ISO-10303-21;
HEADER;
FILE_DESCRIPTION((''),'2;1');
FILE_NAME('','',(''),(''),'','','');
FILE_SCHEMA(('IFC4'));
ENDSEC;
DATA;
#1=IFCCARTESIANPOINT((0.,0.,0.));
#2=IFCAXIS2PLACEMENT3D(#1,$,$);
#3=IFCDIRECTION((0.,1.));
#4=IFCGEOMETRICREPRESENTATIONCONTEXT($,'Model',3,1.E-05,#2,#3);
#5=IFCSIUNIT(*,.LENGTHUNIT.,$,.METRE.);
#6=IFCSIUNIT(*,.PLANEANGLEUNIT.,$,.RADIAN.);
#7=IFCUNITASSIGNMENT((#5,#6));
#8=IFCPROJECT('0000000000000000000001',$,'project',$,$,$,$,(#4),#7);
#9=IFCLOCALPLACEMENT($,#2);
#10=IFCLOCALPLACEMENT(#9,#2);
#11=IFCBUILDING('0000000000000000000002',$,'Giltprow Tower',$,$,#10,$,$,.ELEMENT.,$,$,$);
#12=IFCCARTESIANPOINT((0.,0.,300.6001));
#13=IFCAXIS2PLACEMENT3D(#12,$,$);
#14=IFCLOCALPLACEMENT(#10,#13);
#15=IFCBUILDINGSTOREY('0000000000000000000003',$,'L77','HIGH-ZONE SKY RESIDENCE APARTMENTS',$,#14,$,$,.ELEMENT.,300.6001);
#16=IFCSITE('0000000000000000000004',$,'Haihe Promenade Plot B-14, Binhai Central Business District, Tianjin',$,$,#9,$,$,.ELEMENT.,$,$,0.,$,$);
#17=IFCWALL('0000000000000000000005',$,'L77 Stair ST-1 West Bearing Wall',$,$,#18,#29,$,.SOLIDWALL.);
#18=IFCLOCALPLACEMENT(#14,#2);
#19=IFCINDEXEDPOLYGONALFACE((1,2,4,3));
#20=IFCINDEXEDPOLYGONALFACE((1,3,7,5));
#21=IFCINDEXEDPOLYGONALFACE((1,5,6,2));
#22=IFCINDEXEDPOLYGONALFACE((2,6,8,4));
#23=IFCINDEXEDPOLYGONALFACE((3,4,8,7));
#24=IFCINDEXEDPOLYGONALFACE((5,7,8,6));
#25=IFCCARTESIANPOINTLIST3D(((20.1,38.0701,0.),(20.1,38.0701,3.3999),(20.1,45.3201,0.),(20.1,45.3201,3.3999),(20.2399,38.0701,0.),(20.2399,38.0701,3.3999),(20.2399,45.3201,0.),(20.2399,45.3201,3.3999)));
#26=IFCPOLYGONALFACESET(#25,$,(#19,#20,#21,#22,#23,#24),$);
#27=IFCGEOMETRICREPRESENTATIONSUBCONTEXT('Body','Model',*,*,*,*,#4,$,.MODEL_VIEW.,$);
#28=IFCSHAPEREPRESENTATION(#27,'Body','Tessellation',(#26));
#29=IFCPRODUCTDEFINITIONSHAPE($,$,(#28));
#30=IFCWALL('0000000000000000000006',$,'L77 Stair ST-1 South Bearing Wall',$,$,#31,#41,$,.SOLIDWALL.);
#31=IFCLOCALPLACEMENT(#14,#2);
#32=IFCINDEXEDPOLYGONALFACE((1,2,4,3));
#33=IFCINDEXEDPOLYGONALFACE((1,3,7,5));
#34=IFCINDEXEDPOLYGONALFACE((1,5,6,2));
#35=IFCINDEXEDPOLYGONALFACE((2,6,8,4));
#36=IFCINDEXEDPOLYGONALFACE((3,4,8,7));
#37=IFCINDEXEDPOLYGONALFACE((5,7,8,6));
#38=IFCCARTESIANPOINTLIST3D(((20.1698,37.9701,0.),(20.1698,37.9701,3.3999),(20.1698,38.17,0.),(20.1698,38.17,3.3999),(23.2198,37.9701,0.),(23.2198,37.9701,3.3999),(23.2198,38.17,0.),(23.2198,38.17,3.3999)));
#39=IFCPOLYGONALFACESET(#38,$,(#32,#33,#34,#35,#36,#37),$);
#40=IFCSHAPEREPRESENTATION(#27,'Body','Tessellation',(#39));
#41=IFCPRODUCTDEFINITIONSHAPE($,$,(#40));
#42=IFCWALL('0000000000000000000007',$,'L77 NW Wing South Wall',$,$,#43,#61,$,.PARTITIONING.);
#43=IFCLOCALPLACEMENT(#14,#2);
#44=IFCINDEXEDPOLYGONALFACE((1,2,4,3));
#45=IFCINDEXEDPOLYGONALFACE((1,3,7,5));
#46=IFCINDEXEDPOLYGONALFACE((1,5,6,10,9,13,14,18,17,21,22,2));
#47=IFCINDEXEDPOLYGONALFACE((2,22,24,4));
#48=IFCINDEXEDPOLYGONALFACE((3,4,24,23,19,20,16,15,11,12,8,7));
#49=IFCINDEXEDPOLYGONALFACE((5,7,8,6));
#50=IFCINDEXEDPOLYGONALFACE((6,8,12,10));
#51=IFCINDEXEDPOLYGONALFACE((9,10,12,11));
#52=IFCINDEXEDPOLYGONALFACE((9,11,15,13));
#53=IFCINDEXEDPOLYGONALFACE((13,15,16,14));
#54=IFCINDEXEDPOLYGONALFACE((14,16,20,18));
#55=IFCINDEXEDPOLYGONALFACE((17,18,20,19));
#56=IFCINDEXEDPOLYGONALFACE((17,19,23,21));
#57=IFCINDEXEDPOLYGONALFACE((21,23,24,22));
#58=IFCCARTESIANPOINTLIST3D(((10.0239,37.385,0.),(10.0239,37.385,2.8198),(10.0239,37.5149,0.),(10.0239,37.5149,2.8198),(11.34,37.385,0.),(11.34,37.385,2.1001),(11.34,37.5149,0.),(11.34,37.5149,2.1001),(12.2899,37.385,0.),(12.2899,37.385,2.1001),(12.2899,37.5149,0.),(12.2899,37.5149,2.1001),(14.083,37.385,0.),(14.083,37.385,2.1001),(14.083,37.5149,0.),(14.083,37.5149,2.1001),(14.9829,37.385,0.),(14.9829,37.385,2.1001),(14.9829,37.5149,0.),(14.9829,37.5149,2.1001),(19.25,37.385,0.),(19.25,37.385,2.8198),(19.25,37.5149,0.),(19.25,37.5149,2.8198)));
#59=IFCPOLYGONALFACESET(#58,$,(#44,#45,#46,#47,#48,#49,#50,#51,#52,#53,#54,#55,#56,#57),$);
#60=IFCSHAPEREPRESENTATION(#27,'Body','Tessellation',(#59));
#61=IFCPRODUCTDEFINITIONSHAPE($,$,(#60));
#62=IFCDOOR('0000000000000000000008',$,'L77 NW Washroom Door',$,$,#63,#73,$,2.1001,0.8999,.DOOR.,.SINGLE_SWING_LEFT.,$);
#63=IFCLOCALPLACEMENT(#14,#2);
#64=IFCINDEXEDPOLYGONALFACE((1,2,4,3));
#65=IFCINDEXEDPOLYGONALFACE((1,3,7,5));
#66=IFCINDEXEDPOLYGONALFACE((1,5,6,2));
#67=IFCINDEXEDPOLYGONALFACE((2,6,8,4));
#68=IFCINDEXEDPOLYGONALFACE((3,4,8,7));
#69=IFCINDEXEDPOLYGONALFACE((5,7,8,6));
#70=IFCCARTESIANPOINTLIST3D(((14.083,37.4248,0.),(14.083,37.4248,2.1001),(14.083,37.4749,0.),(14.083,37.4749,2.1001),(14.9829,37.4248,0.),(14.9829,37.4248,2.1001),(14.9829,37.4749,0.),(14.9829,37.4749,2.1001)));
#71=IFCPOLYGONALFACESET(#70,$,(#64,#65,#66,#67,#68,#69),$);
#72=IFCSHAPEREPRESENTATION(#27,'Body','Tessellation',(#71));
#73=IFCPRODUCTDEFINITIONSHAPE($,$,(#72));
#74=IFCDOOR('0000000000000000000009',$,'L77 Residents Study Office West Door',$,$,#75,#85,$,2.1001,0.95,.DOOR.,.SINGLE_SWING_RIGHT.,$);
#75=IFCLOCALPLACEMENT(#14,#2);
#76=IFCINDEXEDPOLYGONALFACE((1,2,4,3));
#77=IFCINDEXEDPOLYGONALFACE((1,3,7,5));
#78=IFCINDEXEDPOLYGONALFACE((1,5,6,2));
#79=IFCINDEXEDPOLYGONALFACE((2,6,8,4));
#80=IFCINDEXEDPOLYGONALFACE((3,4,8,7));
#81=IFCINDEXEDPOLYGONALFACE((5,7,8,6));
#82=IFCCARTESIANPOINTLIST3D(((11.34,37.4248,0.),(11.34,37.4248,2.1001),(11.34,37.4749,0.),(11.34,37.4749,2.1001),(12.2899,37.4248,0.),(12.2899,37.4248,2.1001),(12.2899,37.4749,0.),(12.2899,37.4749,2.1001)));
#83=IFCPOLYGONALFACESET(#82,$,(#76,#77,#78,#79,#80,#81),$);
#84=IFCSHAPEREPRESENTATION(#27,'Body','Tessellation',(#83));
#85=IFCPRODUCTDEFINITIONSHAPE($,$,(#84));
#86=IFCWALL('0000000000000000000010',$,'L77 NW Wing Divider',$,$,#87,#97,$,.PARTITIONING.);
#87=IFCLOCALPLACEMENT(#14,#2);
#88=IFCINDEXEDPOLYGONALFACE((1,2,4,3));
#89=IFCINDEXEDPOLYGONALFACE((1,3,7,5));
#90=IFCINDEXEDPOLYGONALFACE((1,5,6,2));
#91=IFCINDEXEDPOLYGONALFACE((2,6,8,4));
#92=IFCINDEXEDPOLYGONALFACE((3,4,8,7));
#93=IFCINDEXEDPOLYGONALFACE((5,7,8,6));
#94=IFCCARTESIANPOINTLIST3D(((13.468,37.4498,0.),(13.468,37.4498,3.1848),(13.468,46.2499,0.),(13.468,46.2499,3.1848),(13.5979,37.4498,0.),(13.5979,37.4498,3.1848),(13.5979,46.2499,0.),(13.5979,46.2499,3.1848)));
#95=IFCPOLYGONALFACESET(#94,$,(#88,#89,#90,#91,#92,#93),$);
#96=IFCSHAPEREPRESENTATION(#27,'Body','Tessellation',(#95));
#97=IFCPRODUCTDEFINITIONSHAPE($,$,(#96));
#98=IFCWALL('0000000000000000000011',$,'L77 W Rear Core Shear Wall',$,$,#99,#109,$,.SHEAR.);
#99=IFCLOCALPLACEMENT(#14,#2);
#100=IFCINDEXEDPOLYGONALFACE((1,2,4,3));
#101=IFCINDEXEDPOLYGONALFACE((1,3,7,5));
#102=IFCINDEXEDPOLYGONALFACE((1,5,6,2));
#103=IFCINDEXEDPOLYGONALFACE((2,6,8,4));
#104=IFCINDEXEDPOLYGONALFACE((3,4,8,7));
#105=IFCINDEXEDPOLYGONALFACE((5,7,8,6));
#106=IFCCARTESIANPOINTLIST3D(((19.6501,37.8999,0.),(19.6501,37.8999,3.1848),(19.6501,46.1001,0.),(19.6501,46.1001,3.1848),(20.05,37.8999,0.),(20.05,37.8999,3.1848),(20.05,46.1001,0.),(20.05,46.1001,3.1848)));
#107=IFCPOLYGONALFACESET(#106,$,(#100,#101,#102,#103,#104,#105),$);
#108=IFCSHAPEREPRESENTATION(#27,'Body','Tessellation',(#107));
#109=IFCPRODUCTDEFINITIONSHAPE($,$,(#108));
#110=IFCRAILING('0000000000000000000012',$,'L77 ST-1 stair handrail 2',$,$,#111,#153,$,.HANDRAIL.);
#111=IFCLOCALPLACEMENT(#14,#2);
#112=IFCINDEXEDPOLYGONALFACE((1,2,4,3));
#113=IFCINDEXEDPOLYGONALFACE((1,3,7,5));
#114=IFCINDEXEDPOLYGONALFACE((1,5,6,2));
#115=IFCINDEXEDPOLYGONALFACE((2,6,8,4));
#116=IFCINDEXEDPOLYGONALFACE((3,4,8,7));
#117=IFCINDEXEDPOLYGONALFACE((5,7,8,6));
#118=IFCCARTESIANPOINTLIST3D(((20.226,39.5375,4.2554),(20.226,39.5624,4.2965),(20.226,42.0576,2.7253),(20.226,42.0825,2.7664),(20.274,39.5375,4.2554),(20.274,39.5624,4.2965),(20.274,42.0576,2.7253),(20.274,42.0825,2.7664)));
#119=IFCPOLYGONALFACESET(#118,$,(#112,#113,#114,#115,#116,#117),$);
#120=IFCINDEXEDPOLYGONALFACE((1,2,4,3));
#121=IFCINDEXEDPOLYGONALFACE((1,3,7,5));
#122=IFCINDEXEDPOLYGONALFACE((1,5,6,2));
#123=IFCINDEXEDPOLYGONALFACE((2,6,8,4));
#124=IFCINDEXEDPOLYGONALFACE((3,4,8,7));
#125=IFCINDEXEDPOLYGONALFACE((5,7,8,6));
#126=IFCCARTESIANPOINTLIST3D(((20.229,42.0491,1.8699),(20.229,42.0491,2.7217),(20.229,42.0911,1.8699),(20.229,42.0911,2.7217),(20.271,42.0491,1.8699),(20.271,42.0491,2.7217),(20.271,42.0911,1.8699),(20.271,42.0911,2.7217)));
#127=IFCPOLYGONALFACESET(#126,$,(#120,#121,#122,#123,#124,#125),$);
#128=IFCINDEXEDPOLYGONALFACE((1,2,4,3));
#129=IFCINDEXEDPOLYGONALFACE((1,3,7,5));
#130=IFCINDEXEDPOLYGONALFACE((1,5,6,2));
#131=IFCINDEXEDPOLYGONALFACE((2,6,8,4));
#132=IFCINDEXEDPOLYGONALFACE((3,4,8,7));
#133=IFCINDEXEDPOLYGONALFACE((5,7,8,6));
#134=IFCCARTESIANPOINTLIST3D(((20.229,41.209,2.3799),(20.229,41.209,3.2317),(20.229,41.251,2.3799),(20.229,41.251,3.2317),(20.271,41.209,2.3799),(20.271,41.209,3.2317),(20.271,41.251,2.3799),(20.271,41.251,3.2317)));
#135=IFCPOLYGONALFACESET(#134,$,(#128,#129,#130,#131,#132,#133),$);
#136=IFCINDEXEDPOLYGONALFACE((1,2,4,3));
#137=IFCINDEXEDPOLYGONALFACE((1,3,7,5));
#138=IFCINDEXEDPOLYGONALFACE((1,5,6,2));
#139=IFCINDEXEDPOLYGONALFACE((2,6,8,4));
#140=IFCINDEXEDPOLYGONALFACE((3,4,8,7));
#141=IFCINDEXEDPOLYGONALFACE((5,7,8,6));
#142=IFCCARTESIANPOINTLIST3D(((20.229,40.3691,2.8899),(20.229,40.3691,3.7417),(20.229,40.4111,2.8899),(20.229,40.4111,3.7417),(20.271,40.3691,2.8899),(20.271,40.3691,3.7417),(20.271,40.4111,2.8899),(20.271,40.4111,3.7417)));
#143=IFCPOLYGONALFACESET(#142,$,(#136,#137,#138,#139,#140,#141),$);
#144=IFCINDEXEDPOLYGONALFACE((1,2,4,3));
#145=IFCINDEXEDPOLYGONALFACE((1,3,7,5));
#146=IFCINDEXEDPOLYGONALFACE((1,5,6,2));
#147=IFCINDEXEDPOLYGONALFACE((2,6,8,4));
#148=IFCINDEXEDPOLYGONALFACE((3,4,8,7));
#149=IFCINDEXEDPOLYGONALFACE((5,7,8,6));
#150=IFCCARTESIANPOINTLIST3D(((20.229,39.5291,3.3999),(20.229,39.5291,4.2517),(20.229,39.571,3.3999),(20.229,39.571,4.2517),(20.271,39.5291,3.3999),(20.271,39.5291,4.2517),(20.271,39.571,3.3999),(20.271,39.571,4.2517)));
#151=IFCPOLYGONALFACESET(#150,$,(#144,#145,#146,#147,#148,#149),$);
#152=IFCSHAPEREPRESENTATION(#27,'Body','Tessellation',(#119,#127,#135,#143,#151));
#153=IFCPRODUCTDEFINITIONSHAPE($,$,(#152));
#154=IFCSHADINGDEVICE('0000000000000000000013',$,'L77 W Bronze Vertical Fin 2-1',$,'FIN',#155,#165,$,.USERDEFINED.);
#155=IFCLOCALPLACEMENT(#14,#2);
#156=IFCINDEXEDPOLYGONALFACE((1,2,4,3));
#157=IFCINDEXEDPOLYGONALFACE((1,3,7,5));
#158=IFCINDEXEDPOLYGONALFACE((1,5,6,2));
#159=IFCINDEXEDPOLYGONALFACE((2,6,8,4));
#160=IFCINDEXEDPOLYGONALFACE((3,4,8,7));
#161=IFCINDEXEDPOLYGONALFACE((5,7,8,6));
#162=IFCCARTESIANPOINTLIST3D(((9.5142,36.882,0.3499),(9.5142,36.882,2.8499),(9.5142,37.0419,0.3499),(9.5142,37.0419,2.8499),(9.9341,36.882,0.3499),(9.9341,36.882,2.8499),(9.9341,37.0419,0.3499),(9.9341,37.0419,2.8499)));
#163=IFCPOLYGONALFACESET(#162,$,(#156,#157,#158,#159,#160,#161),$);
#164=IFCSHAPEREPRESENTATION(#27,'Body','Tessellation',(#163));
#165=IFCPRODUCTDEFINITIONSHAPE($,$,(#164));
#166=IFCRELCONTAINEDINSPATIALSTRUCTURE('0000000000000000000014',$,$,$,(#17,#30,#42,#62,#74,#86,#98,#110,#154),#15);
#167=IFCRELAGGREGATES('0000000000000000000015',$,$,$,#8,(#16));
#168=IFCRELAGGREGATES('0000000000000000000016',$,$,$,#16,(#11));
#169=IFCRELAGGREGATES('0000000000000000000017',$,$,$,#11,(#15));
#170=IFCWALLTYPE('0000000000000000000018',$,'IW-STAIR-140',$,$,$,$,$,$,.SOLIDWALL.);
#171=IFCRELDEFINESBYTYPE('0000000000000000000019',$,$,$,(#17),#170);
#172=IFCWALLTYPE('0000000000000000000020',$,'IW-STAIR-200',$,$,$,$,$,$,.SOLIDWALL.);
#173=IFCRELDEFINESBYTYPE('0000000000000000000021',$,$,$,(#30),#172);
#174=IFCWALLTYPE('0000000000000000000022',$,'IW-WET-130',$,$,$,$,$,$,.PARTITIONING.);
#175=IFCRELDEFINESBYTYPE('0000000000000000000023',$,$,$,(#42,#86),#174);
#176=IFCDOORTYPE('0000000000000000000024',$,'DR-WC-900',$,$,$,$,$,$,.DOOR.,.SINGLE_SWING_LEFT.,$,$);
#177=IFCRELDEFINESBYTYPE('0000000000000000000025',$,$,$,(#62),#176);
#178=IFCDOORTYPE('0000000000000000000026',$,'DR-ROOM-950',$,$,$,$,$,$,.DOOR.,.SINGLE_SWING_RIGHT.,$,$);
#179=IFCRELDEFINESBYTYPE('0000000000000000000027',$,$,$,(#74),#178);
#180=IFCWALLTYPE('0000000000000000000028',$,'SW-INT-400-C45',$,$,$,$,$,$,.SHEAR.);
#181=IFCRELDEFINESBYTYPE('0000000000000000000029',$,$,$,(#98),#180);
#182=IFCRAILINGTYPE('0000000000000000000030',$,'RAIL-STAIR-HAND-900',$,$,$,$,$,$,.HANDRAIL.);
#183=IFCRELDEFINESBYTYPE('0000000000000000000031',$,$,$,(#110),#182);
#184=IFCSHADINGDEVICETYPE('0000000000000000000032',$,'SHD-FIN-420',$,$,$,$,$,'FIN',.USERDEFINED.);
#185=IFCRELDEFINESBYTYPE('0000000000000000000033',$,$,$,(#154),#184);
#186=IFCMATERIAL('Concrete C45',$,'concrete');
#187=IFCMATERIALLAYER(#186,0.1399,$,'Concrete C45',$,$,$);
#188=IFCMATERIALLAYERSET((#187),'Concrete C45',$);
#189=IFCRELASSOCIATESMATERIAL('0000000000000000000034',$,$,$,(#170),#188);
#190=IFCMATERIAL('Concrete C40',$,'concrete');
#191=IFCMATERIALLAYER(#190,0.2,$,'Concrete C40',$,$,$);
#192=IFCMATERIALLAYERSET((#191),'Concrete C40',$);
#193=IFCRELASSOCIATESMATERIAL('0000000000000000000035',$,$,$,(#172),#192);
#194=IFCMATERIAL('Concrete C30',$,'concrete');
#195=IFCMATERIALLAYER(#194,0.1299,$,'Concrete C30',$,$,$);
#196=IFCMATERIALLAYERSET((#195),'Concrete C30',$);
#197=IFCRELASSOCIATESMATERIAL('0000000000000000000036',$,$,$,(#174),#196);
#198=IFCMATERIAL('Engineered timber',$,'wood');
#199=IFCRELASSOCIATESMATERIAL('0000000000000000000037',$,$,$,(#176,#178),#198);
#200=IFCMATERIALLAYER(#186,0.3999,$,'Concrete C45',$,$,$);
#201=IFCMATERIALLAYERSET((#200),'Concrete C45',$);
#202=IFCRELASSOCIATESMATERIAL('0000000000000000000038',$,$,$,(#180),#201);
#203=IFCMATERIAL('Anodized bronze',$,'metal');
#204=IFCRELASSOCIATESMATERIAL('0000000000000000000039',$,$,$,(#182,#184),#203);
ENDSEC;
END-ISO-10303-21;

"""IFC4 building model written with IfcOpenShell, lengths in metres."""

from ifc_helpers import new_model, si_unit, direction, frame, frame_2d, origin, origin_2d, place, context, subcontext, project, spatial, rectangle, extrude, source, transform, mapped, material, layer, layer_set, type_object, element, fill, save


model = new_model("IFC4")

# Units and contexts
model_context = context("Model", 3, precision=1e-05, world=origin(), true_north=direction((0.0, 1.0)))
body_context = subcontext(model_context, "Body", "Model", "MODEL_VIEW")
ifc_project = project(units=[si_unit("LENGTHUNIT", "METRE"), si_unit("PLANEANGLEUNIT", "RADIAN")], contexts=[model_context])

# Site, building, storey
site_placement = place(None, origin())
site = spatial("IfcSite", under=ifc_project, at=site_placement, Name="Haihe Promenade Plot B-14, Binhai Central Business District, Tianjin", CompositionType="ELEMENT", RefElevation=0.0)
building_placement = place(site_placement, origin())
building = spatial("IfcBuilding", under=site, at=building_placement, Name="Giltprow Tower", CompositionType="ELEMENT")
storey_placement = place(building_placement, frame((0.0, 0.0, 300.6001)))
storey = spatial("IfcBuildingStorey", under=building, at=storey_placement, Name="L77", Description="HIGH-ZONE SKY RESIDENCE APARTMENTS", CompositionType="ELEMENT", Elevation=300.6001)

# Shared definitions
ifc_material_1 = material(Name="Concrete C45", Category="concrete")

# Shared definitions
ifc_material_2 = material(Name="Engineered timber", Category="wood")

# Walls
ifc_layer_1 = layer(ifc_material_1, 0.1399, Name="Concrete C45")
ifc_layer_set_1 = layer_set([ifc_layer_1], Name="Concrete C45")
wall_type_1 = type_object("IfcWallType", Name="IW-STAIR-140", PredefinedType="SOLIDWALL", material=ifc_layer_set_1)
wall_1_placement = place(storey_placement, frame((20.1699, 38.0701, 0.0), z_axis=(0.0, 0.0, 1.0), x_axis=(0.0, 1.0, 0.0)))
element("IfcWall", 1, at=wall_1_placement, inside=storey, type_object=wall_type_1, Name="L77 Stair ST-1 West Bearing Wall", PredefinedType="SOLIDWALL", context=body_context, shape_type="SweptSolid", body=[
    extrude(rectangle(XDim=7.25, YDim=0.1399, at=frame_2d((3.625, 0.0))), origin(), (0.0, 0.0, 1.0), 3.3999),
])
ifc_material_3 = material(Name="Concrete C40", Category="concrete")
ifc_layer_2 = layer(ifc_material_3, 0.2, Name="Concrete C40")
ifc_layer_set_2 = layer_set([ifc_layer_2], Name="Concrete C40")
wall_type_2 = type_object("IfcWallType", Name="IW-STAIR-200", PredefinedType="SOLIDWALL", material=ifc_layer_set_2)
wall_2_placement = place(storey_placement, frame((20.1699, 38.0701, 0.0), z_axis=(0.0, 0.0, 1.0), x_axis=(1.0, 0.0, 0.0)))
element("IfcWall", 2, at=wall_2_placement, inside=storey, type_object=wall_type_2, Name="L77 Stair ST-1 South Bearing Wall", PredefinedType="SOLIDWALL", context=body_context, shape_type="SweptSolid", body=[
    extrude(rectangle(XDim=3.05, YDim=0.2, at=frame_2d((1.5249, 0.0))), origin(), (0.0, 0.0, 1.0), 3.3999),
])

# Wall, openings, doors
ifc_material_4 = material(Name="Concrete C30", Category="concrete")
ifc_layer_3 = layer(ifc_material_4, 0.1299, Name="Concrete C30")
ifc_layer_set_3 = layer_set([ifc_layer_3], Name="Concrete C30")
wall_type_3 = type_object("IfcWallType", Name="IW-WET-130", PredefinedType="PARTITIONING", material=ifc_layer_set_3)
wall_3_placement = place(storey_placement, frame((10.0239, 37.45, 0.0), z_axis=(0.0, 0.0, 1.0), x_axis=(1.0, 0.0, 0.0)))
wall_3 = element("IfcWall", 3, at=wall_3_placement, inside=storey, type_object=wall_type_3, Name="L77 NW Wing South Wall", PredefinedType="PARTITIONING", context=body_context, shape_type="SweptSolid", body=[
    extrude(rectangle(XDim=9.2261, YDim=0.1299, at=frame_2d((4.613, 0.0))), origin(), (0.0, 0.0, 1.0), 2.8198),
])
opening_1_placement = place(wall_3_placement, frame((1.3159, 0.0, 0.0)))
opening_1 = element("IfcOpeningElement", 4, at=opening_1_placement, cuts=wall_3, PredefinedType="OPENING", context=body_context, shape_type="SweptSolid", body=[
    extrude(rectangle(XDim=0.95, YDim=2.1001, at=frame_2d((0.4751, 1.05))), frame((0.0, 0.075, 0.0), z_axis=(0.0, -1.0, 0.0), x_axis=(1.0, 0.0, 0.0)), (0.0, 0.0, 1.0), 0.1499),
])
opening_2_placement = place(wall_3_placement, frame((4.0591, 0.0, 0.0)))
opening_2 = element("IfcOpeningElement", 5, at=opening_2_placement, cuts=wall_3, PredefinedType="OPENING", context=body_context, shape_type="SweptSolid", body=[
    extrude(rectangle(XDim=0.8999, YDim=2.1001, at=frame_2d((0.45, 1.05))), frame((0.0, 0.075, 0.0), z_axis=(0.0, -1.0, 0.0), x_axis=(1.0, 0.0, 0.0)), (0.0, 0.0, 1.0), 0.1499),
])
door_type_1 = type_object("IfcDoorType", Name="DR-WC-900", OperationType="SINGLE_SWING_LEFT", PredefinedType="DOOR", material=ifc_material_2)
shared_shape_1 = source(origin(), body_context, "Body", "SweptSolid", [
    extrude(rectangle(XDim=0.8999, YDim=2.1001, at=frame_2d((0.45, 1.05))), frame((0.0, 0.0249, 0.0), z_axis=(0.0, -1.0, 0.0), x_axis=(1.0, 0.0, 0.0)), (0.0, 0.0, 1.0), 0.05),
])
door_1_placement = place(opening_2_placement, origin())
door_1 = element("IfcDoor", 6, at=door_1_placement, inside=storey, type_object=door_type_1, Name="L77 NW Washroom Door", OperationType="SINGLE_SWING_LEFT", OverallHeight=2.1001, OverallWidth=0.8999, PredefinedType="DOOR", context=body_context, shape_type="MappedRepresentation", body=[
    mapped(shared_shape_1, transform((0.0, 0.0, 0.0), x_axis=(1.0, 0.0, 0.0), y_axis=(0.0, 1.0, 0.0), z_axis=(0.0, 0.0, 1.0), scale=1.0)),
])
fill(opening_2, door_1)
door_type_2 = type_object("IfcDoorType", Name="DR-ROOM-950", OperationType="SINGLE_SWING_RIGHT", PredefinedType="DOOR", material=ifc_material_2)
shared_shape_2 = source(origin(), body_context, "Body", "SweptSolid", [
    extrude(rectangle(XDim=0.95, YDim=2.1001, at=frame_2d((0.4751, 1.05))), frame((0.0, 0.0249, 0.0), z_axis=(0.0, -1.0, 0.0), x_axis=(1.0, 0.0, 0.0)), (0.0, 0.0, 1.0), 0.05),
])
door_2_placement = place(opening_1_placement, origin())
door_2 = element("IfcDoor", 7, at=door_2_placement, inside=storey, type_object=door_type_2, Name="L77 Residents Study Office West Door", OperationType="SINGLE_SWING_RIGHT", OverallHeight=2.1001, OverallWidth=0.95, PredefinedType="DOOR", context=body_context, shape_type="MappedRepresentation", body=[
    mapped(shared_shape_2, transform((0.0, 0.0, 0.0), x_axis=(1.0, 0.0, 0.0), y_axis=(0.0, 1.0, 0.0), z_axis=(0.0, 0.0, 1.0), scale=1.0)),
])
fill(opening_1, door_2)

# Walls
wall_4_placement = place(storey_placement, frame((13.533, 37.45, 0.0), z_axis=(0.0, 0.0, 1.0), x_axis=(0.0, 1.0, 0.0)))
element("IfcWall", 8, at=wall_4_placement, inside=storey, type_object=wall_type_3, Name="L77 NW Wing Divider", PredefinedType="PARTITIONING", context=body_context, shape_type="SweptSolid", body=[
    extrude(rectangle(XDim=8.8, YDim=0.1299, at=frame_2d((4.3999, 0.0))), origin(), (0.0, 0.0, 1.0), 3.1848),
])
ifc_layer_4 = layer(ifc_material_1, 0.3999, Name="Concrete C45")
ifc_layer_set_4 = layer_set([ifc_layer_4], Name="Concrete C45")
wall_type_4 = type_object("IfcWallType", Name="SW-INT-400-C45", PredefinedType="SHEAR", material=ifc_layer_set_4)
wall_5_placement = place(storey_placement, frame((19.8501, 37.8999, 0.0), z_axis=(0.0, 0.0, 1.0), x_axis=(0.0, 1.0, 0.0)))
element("IfcWall", 9, at=wall_5_placement, inside=storey, type_object=wall_type_4, Name="L77 W Rear Core Shear Wall", PredefinedType="SHEAR", context=body_context, shape_type="SweptSolid", body=[
    extrude(rectangle(XDim=8.2002, YDim=0.3999, at=frame_2d((4.1001, 0.0))), origin(), (0.0, 0.0, 1.0), 3.1848),
])

# Railing
ifc_material_5 = material(Name="Anodized bronze", Category="metal")
railing_type = type_object("IfcRailingType", Name="RAIL-STAIR-HAND-900", PredefinedType="HANDRAIL", material=ifc_material_5)
railing_placement = place(storey_placement, frame((20.25, 42.0701, 1.8699)))
element("IfcRailing", 10, at=railing_placement, inside=storey, type_object=railing_type, Name="L77 ST-1 stair handrail 2", PredefinedType="HANDRAIL", context=body_context, shape_type="SweptSolid", body=[
    extrude(rectangle(XDim=0.0481, YDim=0.0481, at=origin_2d()), frame((0.0, 0.0, 0.876), z_axis=(0.0, -0.854785, 0.518982), x_axis=(1.0, 0.0, 0.0)), (0.0, 0.0, 1.0), 2.9482),
    extrude(rectangle(XDim=0.042, YDim=0.042, at=origin_2d()), origin(), (0.0, 0.0, 1.0), 0.8518),
    extrude(rectangle(XDim=0.042, YDim=0.042, at=origin_2d()), frame((0.0, -0.8401, 0.51)), (0.0, 0.0, 1.0), 0.8518),
    extrude(rectangle(XDim=0.042, YDim=0.042, at=origin_2d()), frame((0.0, -1.6799, 1.02)), (0.0, 0.0, 1.0), 0.8518),
    extrude(rectangle(XDim=0.042, YDim=0.042, at=origin_2d()), frame((0.0, -2.52, 1.53)), (0.0, 0.0, 1.0), 0.8518),
])

# Shading device
shading_device_type = type_object("IfcShadingDeviceType", Name="SHD-FIN-420", ElementType="FIN", PredefinedType="USERDEFINED", material=ifc_material_5)
shared_shape_3 = source(origin(), body_context, "Body", "SweptSolid", [
    extrude(rectangle(XDim=0.4199, YDim=0.1599, at=origin_2d()), origin(), (0.0, 0.0, 1.0), 2.5),
])
shading_device_placement = place(storey_placement, frame((9.7241, 36.9619, 0.3499), z_axis=(0.0, 0.0, 1.0), x_axis=(1.0, 0.0, 0.0)))
element("IfcShadingDevice", 11, at=shading_device_placement, inside=storey, type_object=shading_device_type, Name="L77 W Bronze Vertical Fin 2-1", ObjectType="FIN", PredefinedType="USERDEFINED", context=body_context, shape_type="MappedRepresentation", body=[
    mapped(shared_shape_3, transform((0.0, 0.0, 0.0), x_axis=(1.0, 0.0, 0.0), y_axis=(0.0, 1.0, 0.0), z_axis=(0.0, 0.0, 1.0), scale=1.0)),
])

save(model, "model.ifc")
